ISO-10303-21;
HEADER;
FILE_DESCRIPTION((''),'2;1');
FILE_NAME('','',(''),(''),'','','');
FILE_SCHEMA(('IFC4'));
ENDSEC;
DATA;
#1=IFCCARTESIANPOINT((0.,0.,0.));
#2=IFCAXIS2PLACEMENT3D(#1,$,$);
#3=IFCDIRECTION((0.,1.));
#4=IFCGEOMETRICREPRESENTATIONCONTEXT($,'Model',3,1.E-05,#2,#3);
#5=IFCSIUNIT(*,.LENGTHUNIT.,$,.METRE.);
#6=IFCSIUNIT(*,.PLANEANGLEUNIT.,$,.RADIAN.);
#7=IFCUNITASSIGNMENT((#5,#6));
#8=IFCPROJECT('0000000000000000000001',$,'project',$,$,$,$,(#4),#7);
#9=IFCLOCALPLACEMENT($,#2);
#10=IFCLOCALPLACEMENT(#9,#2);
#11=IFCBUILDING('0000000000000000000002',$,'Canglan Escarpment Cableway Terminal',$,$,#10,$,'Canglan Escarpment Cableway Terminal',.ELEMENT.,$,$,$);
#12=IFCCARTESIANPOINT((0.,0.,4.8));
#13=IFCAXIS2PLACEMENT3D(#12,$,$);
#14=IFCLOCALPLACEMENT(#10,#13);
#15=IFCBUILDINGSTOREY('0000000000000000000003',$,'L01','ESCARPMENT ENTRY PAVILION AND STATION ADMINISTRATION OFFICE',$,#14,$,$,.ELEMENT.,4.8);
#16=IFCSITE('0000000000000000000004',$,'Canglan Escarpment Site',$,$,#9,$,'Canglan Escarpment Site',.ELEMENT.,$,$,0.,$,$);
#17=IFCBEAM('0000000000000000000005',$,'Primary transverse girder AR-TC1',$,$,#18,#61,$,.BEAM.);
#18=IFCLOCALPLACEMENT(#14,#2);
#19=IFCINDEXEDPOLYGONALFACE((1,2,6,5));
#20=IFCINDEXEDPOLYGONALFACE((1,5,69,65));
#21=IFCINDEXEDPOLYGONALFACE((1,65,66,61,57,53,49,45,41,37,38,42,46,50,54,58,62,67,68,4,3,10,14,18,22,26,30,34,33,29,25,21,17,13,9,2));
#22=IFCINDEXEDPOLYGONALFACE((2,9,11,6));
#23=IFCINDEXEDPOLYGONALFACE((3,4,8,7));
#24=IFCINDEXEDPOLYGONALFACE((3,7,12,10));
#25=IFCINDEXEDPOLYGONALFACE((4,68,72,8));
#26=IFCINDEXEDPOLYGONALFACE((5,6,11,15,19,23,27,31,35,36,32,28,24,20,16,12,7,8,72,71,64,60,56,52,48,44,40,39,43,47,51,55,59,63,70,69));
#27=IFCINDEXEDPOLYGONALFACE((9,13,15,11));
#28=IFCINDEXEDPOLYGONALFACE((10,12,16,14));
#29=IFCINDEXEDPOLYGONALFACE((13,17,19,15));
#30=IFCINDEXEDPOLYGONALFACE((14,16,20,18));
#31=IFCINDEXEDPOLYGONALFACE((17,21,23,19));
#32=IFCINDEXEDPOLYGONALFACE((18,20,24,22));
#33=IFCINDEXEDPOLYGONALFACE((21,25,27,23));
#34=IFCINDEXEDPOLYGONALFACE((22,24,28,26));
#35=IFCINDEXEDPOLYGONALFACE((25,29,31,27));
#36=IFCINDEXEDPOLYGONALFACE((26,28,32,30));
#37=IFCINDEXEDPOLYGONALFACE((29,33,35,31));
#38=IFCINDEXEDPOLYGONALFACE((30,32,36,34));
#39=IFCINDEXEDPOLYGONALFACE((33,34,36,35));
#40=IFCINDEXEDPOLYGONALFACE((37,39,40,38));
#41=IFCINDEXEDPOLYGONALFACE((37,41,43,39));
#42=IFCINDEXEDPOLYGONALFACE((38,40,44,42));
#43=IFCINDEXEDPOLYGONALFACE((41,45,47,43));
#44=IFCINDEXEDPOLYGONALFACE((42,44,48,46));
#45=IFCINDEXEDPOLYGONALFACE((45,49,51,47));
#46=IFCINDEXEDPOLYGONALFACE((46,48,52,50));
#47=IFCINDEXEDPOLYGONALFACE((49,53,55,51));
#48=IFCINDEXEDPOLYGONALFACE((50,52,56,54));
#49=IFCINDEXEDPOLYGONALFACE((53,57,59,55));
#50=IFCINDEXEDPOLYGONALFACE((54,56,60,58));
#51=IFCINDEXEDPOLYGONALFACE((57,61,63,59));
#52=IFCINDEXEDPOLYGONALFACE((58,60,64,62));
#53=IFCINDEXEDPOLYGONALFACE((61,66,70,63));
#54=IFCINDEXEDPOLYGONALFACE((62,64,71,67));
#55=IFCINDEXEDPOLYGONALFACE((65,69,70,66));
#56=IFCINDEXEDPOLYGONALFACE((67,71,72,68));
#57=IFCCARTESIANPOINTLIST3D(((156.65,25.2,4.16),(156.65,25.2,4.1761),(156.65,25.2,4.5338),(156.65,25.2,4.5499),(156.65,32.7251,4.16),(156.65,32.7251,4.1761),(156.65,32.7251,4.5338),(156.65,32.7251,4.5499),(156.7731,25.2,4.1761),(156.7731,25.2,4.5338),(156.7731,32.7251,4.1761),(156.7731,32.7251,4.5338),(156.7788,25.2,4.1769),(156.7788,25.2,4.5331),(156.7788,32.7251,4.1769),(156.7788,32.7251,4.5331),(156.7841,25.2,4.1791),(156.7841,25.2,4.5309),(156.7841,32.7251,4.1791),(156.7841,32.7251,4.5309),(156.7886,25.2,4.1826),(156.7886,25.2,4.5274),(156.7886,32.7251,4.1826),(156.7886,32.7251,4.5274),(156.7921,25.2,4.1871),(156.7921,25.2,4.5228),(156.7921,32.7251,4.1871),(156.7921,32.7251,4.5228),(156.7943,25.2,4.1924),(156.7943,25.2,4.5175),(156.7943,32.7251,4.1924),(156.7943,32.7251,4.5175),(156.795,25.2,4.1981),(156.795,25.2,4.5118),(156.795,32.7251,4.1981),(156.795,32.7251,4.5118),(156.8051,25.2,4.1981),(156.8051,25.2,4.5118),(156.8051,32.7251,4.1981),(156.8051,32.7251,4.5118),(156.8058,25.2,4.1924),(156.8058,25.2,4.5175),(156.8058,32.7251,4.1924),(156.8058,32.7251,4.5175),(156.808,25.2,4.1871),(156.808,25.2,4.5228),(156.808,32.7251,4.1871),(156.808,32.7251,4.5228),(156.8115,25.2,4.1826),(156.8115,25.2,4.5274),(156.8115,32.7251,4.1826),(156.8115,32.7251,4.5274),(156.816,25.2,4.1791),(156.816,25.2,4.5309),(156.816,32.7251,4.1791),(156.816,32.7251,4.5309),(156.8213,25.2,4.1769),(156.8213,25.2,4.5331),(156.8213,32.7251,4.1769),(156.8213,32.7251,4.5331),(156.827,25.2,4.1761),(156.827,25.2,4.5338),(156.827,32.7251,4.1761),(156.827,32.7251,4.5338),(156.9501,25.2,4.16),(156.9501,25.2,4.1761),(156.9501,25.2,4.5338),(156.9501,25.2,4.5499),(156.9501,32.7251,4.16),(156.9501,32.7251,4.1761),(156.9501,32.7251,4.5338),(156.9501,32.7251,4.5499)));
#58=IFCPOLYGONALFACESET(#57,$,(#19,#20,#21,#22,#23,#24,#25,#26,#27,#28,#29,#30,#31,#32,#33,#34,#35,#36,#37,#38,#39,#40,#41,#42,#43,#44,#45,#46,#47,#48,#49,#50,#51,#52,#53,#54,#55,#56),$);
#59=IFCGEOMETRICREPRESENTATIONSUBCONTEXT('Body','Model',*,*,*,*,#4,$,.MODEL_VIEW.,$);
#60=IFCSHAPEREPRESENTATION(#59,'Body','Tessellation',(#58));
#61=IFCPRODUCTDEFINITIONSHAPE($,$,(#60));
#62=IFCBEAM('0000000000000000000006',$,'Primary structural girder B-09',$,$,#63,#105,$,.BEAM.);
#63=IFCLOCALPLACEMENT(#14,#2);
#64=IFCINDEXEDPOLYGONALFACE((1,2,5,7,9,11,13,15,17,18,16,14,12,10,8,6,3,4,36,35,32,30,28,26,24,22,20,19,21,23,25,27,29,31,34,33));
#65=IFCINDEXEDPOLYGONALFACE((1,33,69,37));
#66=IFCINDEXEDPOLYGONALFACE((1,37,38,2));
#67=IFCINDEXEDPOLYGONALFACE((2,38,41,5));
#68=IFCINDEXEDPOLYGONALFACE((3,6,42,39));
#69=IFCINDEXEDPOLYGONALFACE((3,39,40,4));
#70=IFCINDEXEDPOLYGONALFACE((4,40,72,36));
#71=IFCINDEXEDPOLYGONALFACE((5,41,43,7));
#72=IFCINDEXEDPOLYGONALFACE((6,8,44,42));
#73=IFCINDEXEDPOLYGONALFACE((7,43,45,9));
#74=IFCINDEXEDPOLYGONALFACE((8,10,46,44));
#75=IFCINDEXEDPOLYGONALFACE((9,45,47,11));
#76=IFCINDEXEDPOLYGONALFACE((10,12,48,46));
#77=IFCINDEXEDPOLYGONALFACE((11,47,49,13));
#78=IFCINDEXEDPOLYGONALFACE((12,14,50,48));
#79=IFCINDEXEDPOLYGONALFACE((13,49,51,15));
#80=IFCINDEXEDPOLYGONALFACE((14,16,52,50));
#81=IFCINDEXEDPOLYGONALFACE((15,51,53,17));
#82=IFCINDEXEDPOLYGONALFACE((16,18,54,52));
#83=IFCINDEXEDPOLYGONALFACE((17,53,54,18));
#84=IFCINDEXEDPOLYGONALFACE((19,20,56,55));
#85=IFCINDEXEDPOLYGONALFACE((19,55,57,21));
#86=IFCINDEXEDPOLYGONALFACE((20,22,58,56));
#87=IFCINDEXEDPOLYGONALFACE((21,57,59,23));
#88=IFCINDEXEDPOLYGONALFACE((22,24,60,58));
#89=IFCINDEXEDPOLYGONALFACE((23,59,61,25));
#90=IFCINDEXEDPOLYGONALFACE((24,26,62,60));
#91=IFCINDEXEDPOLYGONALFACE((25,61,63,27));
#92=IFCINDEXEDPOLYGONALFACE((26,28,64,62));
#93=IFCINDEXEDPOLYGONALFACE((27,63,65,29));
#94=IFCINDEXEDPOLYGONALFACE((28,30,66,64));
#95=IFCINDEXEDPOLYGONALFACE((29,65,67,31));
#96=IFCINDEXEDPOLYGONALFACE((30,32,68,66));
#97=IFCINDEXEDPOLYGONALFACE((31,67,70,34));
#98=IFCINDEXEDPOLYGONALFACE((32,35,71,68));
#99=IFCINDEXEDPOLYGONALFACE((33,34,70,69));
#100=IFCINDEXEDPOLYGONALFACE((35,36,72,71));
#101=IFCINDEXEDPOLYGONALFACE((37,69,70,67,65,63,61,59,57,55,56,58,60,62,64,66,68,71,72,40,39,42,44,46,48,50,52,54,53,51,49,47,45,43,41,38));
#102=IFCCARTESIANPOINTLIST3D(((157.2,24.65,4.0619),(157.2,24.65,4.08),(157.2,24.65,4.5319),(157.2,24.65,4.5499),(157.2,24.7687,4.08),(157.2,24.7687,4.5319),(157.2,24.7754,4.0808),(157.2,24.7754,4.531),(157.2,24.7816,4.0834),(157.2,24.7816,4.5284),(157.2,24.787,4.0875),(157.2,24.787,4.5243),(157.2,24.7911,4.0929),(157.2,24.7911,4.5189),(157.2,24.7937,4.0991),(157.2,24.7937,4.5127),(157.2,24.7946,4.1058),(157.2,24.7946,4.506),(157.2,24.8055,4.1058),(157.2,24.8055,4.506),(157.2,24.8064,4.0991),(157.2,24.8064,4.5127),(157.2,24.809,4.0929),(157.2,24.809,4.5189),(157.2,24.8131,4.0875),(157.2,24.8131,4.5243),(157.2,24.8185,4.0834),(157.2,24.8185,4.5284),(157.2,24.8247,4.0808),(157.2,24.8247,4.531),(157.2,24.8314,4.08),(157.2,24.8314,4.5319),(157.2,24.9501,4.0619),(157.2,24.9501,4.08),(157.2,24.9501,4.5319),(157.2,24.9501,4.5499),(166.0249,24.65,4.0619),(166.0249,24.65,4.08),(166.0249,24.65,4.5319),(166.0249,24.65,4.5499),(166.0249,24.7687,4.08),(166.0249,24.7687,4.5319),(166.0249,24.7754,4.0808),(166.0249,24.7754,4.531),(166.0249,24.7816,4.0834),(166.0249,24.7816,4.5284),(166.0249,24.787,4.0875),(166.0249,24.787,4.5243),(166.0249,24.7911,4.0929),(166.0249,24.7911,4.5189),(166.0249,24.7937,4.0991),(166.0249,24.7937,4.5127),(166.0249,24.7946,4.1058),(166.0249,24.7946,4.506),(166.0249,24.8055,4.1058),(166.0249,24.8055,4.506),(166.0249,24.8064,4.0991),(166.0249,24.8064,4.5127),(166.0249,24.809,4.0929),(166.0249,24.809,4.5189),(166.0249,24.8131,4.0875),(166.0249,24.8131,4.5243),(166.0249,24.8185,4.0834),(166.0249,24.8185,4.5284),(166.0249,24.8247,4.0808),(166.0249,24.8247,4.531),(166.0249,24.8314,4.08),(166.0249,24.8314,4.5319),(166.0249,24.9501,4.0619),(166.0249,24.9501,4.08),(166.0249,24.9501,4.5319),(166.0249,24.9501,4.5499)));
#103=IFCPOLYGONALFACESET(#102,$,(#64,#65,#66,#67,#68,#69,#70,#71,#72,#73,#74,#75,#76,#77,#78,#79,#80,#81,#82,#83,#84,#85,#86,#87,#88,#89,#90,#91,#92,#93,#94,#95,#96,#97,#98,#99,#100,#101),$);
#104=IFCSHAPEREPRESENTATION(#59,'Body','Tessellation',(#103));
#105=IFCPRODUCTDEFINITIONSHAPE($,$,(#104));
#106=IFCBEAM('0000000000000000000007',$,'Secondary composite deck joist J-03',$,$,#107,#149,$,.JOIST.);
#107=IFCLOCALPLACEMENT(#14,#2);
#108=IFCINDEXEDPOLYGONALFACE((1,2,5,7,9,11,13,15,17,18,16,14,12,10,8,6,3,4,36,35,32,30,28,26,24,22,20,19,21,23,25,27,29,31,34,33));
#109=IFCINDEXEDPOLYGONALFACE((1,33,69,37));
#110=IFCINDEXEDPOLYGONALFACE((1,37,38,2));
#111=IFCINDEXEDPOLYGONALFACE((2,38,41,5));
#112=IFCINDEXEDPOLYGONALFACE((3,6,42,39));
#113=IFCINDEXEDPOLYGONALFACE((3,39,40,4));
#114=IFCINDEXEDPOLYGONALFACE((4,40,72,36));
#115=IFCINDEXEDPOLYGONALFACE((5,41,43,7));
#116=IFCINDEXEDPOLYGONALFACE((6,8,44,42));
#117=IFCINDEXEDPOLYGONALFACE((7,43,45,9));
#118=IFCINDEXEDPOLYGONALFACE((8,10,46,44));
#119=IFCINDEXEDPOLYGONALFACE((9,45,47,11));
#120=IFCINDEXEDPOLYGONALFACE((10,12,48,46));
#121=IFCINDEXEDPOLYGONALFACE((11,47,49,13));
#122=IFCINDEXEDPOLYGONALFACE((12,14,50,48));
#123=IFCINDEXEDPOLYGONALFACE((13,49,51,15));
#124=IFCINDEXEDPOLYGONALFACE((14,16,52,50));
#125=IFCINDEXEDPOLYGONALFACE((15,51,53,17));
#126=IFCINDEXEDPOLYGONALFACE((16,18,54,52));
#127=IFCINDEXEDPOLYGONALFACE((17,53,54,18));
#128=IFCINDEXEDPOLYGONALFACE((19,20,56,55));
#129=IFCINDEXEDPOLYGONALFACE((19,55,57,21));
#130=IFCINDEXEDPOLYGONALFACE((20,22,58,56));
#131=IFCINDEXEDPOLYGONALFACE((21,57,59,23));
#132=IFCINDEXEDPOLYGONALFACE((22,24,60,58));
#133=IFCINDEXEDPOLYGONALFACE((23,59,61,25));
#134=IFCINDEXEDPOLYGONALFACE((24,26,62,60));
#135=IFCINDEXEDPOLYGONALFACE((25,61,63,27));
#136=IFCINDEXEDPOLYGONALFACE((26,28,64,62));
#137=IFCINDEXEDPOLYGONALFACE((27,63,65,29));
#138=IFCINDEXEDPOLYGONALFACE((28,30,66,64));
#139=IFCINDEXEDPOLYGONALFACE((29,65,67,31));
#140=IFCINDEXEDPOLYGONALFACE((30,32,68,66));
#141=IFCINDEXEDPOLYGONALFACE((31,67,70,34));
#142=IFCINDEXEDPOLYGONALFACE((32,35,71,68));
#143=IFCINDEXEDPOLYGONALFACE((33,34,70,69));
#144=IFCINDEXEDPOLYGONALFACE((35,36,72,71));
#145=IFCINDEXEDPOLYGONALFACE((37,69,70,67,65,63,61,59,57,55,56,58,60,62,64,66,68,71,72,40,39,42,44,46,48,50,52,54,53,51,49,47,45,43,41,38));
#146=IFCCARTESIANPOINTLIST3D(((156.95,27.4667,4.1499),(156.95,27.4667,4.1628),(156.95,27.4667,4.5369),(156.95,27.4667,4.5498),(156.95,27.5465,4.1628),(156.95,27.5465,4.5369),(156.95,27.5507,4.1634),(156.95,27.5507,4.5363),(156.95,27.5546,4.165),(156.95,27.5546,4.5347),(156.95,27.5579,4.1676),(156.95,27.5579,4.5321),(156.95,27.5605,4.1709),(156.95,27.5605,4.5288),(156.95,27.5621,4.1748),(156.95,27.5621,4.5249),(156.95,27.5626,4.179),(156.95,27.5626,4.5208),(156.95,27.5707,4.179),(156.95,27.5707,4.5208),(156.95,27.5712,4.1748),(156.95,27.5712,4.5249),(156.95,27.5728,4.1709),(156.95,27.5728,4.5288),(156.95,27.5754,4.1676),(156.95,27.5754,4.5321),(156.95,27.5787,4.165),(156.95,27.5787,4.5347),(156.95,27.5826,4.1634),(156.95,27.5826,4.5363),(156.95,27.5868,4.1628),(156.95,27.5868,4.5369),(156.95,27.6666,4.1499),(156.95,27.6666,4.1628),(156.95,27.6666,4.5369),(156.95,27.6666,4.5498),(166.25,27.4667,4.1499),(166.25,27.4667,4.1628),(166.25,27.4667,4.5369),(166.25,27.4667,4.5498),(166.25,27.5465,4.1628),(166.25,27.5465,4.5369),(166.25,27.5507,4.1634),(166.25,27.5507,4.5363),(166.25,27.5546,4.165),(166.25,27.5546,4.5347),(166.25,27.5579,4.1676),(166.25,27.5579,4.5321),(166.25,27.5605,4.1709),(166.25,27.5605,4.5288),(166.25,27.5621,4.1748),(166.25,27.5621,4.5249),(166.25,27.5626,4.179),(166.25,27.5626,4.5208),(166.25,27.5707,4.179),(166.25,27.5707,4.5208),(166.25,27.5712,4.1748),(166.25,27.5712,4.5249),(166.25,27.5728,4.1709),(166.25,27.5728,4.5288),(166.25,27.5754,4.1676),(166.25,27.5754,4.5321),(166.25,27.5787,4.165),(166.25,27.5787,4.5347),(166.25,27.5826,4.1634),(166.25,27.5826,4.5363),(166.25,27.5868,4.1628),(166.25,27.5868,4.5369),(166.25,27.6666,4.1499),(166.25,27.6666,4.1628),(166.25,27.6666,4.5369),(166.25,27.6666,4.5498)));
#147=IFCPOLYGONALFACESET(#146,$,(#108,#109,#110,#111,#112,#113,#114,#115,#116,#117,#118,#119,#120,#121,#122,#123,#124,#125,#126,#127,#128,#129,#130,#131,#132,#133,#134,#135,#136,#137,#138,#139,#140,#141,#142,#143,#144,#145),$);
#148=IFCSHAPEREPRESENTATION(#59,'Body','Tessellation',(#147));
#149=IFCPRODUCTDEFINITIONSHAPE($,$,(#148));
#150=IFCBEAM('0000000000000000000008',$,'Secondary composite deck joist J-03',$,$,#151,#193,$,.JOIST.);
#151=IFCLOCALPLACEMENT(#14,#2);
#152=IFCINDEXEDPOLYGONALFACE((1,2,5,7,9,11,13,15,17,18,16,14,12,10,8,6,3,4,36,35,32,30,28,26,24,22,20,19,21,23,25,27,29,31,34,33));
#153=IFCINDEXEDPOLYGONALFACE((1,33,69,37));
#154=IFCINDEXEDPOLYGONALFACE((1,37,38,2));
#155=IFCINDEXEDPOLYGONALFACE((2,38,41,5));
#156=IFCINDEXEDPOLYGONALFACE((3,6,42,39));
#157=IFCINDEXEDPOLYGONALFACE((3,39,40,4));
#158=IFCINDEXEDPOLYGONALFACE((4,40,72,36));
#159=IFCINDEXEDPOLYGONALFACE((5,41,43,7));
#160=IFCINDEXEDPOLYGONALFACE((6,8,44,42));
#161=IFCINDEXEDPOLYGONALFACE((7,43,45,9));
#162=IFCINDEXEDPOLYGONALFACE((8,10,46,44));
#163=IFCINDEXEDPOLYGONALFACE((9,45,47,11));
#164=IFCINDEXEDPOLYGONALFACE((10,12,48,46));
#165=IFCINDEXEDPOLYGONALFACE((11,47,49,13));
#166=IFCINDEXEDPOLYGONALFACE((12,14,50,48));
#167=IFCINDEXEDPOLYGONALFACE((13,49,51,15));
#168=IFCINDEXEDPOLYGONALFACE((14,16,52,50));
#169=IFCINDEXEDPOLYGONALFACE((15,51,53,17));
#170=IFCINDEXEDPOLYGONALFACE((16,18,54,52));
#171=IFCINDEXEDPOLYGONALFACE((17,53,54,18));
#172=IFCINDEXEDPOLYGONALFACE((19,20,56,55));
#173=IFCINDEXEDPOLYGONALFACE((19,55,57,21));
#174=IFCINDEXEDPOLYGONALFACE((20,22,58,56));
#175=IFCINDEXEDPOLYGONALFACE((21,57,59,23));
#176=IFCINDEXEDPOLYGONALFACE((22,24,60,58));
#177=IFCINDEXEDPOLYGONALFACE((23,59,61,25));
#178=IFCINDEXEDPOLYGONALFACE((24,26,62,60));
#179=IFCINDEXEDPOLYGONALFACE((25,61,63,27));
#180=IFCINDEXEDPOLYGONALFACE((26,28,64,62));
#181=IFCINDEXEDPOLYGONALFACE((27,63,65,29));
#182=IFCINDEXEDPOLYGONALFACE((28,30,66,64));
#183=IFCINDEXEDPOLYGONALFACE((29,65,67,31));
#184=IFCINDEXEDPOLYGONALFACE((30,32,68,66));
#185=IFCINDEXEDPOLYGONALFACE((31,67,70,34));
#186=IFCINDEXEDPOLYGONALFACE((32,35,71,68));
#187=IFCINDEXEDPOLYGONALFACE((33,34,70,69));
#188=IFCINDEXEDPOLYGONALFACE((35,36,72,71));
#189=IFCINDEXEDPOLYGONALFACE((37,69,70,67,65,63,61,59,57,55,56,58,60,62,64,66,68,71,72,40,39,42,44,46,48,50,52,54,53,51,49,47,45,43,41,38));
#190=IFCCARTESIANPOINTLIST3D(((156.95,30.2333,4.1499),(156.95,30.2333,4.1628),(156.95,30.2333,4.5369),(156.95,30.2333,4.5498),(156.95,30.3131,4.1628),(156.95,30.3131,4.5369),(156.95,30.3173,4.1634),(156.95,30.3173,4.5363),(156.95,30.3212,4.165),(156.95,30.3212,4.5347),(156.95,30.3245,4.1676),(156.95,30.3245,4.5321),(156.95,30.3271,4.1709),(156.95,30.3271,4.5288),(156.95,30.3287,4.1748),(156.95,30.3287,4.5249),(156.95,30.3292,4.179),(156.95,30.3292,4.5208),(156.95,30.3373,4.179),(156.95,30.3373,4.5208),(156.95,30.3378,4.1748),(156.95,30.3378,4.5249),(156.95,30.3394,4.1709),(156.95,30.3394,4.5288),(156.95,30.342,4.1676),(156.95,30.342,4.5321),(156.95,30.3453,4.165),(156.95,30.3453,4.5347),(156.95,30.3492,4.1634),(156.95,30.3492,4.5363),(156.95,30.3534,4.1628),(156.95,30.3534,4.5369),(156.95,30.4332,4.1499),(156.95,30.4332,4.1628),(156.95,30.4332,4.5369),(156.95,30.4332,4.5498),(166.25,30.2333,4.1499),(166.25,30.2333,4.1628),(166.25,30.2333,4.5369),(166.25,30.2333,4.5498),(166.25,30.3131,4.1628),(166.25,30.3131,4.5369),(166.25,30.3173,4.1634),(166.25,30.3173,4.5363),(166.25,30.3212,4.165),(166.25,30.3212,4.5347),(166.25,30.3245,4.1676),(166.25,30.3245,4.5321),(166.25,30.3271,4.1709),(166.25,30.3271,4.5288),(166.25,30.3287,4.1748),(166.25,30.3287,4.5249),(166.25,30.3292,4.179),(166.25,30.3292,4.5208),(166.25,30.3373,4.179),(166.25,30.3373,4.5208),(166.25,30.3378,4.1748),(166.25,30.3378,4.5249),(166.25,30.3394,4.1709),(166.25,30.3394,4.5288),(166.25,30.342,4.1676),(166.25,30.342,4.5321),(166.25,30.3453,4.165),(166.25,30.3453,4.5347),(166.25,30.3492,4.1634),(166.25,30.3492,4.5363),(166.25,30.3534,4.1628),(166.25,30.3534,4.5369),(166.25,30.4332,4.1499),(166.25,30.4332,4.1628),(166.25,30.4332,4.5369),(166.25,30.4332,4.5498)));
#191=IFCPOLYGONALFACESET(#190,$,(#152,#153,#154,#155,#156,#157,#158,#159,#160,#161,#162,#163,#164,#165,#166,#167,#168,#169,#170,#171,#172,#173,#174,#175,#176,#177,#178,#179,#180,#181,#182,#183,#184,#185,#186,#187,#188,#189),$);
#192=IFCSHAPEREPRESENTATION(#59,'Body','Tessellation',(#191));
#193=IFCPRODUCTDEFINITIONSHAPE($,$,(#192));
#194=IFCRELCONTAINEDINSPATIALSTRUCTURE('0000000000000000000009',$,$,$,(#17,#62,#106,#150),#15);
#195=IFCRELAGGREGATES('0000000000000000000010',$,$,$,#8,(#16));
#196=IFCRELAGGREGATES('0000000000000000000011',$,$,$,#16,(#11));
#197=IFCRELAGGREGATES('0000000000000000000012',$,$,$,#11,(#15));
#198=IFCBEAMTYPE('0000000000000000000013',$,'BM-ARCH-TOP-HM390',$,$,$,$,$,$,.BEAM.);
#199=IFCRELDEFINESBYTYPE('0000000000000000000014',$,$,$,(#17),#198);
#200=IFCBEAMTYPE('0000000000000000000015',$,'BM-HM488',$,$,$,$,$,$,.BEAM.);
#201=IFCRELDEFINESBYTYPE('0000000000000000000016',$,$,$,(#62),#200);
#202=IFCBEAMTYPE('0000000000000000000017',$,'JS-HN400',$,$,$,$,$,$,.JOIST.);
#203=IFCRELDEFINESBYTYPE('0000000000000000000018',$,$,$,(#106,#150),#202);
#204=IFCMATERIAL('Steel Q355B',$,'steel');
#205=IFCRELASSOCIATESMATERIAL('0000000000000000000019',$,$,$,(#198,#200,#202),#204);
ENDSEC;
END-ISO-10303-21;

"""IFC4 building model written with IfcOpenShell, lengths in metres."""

from ifc_helpers import new_model, si_unit, direction, frame, origin, origin_2d, place, context, subcontext, project, spatial, i_section, extrude, material, material_profile, profile_set, type_object, element, save


model = new_model("IFC4")

# Units and contexts
model_context = context("Model", 3, precision=1e-05, world=origin(), true_north=direction((0.0, 1.0)))
body_context = subcontext(model_context, "Body", "Model", "MODEL_VIEW")
ifc_project = project(units=[si_unit("LENGTHUNIT", "METRE"), si_unit("PLANEANGLEUNIT", "RADIAN")], contexts=[model_context])

# Site, building, storey
site_placement = place(None, origin())
site = spatial("IfcSite", under=ifc_project, at=site_placement, Name="Canglan Escarpment Site", LongName="Canglan Escarpment Site", CompositionType="ELEMENT", RefElevation=0.0)
building_placement = place(site_placement, origin())
building = spatial("IfcBuilding", under=site, at=building_placement, Name="Canglan Escarpment Cableway Terminal", LongName="Canglan Escarpment Cableway Terminal", CompositionType="ELEMENT")
storey_placement = place(building_placement, frame((0.0, 0.0, 4.8)))
storey = spatial("IfcBuildingStorey", under=building, at=storey_placement, Name="L01", Description="ESCARPMENT ENTRY PAVILION AND STATION ADMINISTRATION OFFICE", CompositionType="ELEMENT", Elevation=4.8)

# Beams
ifc_material_1 = material(Name="Steel Q355B", Category="steel")
ifc_material_profile_1 = material_profile(ifc_material_1, i_section(OverallWidth=0.3, OverallDepth=0.3899, WebThickness=0.01, FlangeThickness=0.0161, FilletRadius=0.022, at=origin_2d()), Name="HM 390x300x10x16")
ifc_profile_set_1 = profile_set([ifc_material_profile_1], Name="Steel Q355B")
beam_type_1 = type_object("IfcBeamType", Name="BM-ARCH-TOP-HM390", PredefinedType="BEAM", material=ifc_profile_set_1)
beam_1_placement = place(storey_placement, frame((156.8, 25.2, 4.355), z_axis=(0.0, 1.0, 0.0), x_axis=(-1.0, 0.0, 0.0)))
element("IfcBeam", 1, at=beam_1_placement, inside=storey, type_object=beam_type_1, Name="Primary transverse girder AR-TC1", PredefinedType="BEAM", context=body_context, shape_type="SweptSolid", body=[
    extrude(i_section(OverallWidth=0.3, OverallDepth=0.3899, WebThickness=0.01, FlangeThickness=0.0161, FilletRadius=0.022, at=origin_2d()), origin(), (0.0, 0.0, 1.0), 7.5251),
])
ifc_material_profile_2 = material_profile(ifc_material_1, i_section(OverallWidth=0.3, OverallDepth=0.488, WebThickness=0.011, FlangeThickness=0.0181, FilletRadius=0.0259, at=origin_2d()), Name="HM 488x300x11x18")
ifc_profile_set_2 = profile_set([ifc_material_profile_2], Name="Steel Q355B")
beam_type_2 = type_object("IfcBeamType", Name="BM-HM488", PredefinedType="BEAM", material=ifc_profile_set_2)
beam_2_placement = place(storey_placement, frame((157.2, 24.8, 4.3059), z_axis=(1.0, 0.0, 0.0), x_axis=(0.0, 1.0, 0.0)))
element("IfcBeam", 2, at=beam_2_placement, inside=storey, type_object=beam_type_2, Name="Primary structural girder B-09", PredefinedType="BEAM", context=body_context, shape_type="SweptSolid", body=[
    extrude(i_section(OverallWidth=0.3, OverallDepth=0.488, WebThickness=0.011, FlangeThickness=0.0181, FilletRadius=0.0259, at=origin_2d()), origin(), (0.0, 0.0, 1.0), 8.825),
])
ifc_material_profile_3 = material_profile(ifc_material_1, i_section(OverallWidth=0.2, OverallDepth=0.3999, WebThickness=0.0081, FlangeThickness=0.0129, FilletRadius=0.0161, at=origin_2d()), Name="HN 400x200x8x13")
ifc_profile_set_3 = profile_set([ifc_material_profile_3], Name="Steel Q355B")
beam_type_3 = type_object("IfcBeamType", Name="JS-HN400", PredefinedType="JOIST", material=ifc_profile_set_3)
for number, where, z_axis, x_axis, name in (
    (3, (156.95, 27.5667, 4.3499), (1.0, 0.0, 0.0), (0.0, 1.0, 0.0), "Secondary composite deck joist J-03"),
    (4, (156.95, 30.3333, 4.3499), (1.0, 0.0, 0.0), (0.0, 1.0, 0.0), "Secondary composite deck joist J-03"),
):
    element("IfcBeam", number, at=place(storey_placement, frame(where, z_axis=z_axis, x_axis=x_axis)), inside=storey, type_object=beam_type_3, Name=name, PredefinedType="JOIST", context=body_context, shape_type="SweptSolid", body=[
        extrude(i_section(OverallWidth=0.2, OverallDepth=0.3999, WebThickness=0.0081, FlangeThickness=0.0129, FilletRadius=0.0161, at=origin_2d()), origin(), (0.0, 0.0, 1.0), 9.3),
    ])

save(model, "model.ifc")
